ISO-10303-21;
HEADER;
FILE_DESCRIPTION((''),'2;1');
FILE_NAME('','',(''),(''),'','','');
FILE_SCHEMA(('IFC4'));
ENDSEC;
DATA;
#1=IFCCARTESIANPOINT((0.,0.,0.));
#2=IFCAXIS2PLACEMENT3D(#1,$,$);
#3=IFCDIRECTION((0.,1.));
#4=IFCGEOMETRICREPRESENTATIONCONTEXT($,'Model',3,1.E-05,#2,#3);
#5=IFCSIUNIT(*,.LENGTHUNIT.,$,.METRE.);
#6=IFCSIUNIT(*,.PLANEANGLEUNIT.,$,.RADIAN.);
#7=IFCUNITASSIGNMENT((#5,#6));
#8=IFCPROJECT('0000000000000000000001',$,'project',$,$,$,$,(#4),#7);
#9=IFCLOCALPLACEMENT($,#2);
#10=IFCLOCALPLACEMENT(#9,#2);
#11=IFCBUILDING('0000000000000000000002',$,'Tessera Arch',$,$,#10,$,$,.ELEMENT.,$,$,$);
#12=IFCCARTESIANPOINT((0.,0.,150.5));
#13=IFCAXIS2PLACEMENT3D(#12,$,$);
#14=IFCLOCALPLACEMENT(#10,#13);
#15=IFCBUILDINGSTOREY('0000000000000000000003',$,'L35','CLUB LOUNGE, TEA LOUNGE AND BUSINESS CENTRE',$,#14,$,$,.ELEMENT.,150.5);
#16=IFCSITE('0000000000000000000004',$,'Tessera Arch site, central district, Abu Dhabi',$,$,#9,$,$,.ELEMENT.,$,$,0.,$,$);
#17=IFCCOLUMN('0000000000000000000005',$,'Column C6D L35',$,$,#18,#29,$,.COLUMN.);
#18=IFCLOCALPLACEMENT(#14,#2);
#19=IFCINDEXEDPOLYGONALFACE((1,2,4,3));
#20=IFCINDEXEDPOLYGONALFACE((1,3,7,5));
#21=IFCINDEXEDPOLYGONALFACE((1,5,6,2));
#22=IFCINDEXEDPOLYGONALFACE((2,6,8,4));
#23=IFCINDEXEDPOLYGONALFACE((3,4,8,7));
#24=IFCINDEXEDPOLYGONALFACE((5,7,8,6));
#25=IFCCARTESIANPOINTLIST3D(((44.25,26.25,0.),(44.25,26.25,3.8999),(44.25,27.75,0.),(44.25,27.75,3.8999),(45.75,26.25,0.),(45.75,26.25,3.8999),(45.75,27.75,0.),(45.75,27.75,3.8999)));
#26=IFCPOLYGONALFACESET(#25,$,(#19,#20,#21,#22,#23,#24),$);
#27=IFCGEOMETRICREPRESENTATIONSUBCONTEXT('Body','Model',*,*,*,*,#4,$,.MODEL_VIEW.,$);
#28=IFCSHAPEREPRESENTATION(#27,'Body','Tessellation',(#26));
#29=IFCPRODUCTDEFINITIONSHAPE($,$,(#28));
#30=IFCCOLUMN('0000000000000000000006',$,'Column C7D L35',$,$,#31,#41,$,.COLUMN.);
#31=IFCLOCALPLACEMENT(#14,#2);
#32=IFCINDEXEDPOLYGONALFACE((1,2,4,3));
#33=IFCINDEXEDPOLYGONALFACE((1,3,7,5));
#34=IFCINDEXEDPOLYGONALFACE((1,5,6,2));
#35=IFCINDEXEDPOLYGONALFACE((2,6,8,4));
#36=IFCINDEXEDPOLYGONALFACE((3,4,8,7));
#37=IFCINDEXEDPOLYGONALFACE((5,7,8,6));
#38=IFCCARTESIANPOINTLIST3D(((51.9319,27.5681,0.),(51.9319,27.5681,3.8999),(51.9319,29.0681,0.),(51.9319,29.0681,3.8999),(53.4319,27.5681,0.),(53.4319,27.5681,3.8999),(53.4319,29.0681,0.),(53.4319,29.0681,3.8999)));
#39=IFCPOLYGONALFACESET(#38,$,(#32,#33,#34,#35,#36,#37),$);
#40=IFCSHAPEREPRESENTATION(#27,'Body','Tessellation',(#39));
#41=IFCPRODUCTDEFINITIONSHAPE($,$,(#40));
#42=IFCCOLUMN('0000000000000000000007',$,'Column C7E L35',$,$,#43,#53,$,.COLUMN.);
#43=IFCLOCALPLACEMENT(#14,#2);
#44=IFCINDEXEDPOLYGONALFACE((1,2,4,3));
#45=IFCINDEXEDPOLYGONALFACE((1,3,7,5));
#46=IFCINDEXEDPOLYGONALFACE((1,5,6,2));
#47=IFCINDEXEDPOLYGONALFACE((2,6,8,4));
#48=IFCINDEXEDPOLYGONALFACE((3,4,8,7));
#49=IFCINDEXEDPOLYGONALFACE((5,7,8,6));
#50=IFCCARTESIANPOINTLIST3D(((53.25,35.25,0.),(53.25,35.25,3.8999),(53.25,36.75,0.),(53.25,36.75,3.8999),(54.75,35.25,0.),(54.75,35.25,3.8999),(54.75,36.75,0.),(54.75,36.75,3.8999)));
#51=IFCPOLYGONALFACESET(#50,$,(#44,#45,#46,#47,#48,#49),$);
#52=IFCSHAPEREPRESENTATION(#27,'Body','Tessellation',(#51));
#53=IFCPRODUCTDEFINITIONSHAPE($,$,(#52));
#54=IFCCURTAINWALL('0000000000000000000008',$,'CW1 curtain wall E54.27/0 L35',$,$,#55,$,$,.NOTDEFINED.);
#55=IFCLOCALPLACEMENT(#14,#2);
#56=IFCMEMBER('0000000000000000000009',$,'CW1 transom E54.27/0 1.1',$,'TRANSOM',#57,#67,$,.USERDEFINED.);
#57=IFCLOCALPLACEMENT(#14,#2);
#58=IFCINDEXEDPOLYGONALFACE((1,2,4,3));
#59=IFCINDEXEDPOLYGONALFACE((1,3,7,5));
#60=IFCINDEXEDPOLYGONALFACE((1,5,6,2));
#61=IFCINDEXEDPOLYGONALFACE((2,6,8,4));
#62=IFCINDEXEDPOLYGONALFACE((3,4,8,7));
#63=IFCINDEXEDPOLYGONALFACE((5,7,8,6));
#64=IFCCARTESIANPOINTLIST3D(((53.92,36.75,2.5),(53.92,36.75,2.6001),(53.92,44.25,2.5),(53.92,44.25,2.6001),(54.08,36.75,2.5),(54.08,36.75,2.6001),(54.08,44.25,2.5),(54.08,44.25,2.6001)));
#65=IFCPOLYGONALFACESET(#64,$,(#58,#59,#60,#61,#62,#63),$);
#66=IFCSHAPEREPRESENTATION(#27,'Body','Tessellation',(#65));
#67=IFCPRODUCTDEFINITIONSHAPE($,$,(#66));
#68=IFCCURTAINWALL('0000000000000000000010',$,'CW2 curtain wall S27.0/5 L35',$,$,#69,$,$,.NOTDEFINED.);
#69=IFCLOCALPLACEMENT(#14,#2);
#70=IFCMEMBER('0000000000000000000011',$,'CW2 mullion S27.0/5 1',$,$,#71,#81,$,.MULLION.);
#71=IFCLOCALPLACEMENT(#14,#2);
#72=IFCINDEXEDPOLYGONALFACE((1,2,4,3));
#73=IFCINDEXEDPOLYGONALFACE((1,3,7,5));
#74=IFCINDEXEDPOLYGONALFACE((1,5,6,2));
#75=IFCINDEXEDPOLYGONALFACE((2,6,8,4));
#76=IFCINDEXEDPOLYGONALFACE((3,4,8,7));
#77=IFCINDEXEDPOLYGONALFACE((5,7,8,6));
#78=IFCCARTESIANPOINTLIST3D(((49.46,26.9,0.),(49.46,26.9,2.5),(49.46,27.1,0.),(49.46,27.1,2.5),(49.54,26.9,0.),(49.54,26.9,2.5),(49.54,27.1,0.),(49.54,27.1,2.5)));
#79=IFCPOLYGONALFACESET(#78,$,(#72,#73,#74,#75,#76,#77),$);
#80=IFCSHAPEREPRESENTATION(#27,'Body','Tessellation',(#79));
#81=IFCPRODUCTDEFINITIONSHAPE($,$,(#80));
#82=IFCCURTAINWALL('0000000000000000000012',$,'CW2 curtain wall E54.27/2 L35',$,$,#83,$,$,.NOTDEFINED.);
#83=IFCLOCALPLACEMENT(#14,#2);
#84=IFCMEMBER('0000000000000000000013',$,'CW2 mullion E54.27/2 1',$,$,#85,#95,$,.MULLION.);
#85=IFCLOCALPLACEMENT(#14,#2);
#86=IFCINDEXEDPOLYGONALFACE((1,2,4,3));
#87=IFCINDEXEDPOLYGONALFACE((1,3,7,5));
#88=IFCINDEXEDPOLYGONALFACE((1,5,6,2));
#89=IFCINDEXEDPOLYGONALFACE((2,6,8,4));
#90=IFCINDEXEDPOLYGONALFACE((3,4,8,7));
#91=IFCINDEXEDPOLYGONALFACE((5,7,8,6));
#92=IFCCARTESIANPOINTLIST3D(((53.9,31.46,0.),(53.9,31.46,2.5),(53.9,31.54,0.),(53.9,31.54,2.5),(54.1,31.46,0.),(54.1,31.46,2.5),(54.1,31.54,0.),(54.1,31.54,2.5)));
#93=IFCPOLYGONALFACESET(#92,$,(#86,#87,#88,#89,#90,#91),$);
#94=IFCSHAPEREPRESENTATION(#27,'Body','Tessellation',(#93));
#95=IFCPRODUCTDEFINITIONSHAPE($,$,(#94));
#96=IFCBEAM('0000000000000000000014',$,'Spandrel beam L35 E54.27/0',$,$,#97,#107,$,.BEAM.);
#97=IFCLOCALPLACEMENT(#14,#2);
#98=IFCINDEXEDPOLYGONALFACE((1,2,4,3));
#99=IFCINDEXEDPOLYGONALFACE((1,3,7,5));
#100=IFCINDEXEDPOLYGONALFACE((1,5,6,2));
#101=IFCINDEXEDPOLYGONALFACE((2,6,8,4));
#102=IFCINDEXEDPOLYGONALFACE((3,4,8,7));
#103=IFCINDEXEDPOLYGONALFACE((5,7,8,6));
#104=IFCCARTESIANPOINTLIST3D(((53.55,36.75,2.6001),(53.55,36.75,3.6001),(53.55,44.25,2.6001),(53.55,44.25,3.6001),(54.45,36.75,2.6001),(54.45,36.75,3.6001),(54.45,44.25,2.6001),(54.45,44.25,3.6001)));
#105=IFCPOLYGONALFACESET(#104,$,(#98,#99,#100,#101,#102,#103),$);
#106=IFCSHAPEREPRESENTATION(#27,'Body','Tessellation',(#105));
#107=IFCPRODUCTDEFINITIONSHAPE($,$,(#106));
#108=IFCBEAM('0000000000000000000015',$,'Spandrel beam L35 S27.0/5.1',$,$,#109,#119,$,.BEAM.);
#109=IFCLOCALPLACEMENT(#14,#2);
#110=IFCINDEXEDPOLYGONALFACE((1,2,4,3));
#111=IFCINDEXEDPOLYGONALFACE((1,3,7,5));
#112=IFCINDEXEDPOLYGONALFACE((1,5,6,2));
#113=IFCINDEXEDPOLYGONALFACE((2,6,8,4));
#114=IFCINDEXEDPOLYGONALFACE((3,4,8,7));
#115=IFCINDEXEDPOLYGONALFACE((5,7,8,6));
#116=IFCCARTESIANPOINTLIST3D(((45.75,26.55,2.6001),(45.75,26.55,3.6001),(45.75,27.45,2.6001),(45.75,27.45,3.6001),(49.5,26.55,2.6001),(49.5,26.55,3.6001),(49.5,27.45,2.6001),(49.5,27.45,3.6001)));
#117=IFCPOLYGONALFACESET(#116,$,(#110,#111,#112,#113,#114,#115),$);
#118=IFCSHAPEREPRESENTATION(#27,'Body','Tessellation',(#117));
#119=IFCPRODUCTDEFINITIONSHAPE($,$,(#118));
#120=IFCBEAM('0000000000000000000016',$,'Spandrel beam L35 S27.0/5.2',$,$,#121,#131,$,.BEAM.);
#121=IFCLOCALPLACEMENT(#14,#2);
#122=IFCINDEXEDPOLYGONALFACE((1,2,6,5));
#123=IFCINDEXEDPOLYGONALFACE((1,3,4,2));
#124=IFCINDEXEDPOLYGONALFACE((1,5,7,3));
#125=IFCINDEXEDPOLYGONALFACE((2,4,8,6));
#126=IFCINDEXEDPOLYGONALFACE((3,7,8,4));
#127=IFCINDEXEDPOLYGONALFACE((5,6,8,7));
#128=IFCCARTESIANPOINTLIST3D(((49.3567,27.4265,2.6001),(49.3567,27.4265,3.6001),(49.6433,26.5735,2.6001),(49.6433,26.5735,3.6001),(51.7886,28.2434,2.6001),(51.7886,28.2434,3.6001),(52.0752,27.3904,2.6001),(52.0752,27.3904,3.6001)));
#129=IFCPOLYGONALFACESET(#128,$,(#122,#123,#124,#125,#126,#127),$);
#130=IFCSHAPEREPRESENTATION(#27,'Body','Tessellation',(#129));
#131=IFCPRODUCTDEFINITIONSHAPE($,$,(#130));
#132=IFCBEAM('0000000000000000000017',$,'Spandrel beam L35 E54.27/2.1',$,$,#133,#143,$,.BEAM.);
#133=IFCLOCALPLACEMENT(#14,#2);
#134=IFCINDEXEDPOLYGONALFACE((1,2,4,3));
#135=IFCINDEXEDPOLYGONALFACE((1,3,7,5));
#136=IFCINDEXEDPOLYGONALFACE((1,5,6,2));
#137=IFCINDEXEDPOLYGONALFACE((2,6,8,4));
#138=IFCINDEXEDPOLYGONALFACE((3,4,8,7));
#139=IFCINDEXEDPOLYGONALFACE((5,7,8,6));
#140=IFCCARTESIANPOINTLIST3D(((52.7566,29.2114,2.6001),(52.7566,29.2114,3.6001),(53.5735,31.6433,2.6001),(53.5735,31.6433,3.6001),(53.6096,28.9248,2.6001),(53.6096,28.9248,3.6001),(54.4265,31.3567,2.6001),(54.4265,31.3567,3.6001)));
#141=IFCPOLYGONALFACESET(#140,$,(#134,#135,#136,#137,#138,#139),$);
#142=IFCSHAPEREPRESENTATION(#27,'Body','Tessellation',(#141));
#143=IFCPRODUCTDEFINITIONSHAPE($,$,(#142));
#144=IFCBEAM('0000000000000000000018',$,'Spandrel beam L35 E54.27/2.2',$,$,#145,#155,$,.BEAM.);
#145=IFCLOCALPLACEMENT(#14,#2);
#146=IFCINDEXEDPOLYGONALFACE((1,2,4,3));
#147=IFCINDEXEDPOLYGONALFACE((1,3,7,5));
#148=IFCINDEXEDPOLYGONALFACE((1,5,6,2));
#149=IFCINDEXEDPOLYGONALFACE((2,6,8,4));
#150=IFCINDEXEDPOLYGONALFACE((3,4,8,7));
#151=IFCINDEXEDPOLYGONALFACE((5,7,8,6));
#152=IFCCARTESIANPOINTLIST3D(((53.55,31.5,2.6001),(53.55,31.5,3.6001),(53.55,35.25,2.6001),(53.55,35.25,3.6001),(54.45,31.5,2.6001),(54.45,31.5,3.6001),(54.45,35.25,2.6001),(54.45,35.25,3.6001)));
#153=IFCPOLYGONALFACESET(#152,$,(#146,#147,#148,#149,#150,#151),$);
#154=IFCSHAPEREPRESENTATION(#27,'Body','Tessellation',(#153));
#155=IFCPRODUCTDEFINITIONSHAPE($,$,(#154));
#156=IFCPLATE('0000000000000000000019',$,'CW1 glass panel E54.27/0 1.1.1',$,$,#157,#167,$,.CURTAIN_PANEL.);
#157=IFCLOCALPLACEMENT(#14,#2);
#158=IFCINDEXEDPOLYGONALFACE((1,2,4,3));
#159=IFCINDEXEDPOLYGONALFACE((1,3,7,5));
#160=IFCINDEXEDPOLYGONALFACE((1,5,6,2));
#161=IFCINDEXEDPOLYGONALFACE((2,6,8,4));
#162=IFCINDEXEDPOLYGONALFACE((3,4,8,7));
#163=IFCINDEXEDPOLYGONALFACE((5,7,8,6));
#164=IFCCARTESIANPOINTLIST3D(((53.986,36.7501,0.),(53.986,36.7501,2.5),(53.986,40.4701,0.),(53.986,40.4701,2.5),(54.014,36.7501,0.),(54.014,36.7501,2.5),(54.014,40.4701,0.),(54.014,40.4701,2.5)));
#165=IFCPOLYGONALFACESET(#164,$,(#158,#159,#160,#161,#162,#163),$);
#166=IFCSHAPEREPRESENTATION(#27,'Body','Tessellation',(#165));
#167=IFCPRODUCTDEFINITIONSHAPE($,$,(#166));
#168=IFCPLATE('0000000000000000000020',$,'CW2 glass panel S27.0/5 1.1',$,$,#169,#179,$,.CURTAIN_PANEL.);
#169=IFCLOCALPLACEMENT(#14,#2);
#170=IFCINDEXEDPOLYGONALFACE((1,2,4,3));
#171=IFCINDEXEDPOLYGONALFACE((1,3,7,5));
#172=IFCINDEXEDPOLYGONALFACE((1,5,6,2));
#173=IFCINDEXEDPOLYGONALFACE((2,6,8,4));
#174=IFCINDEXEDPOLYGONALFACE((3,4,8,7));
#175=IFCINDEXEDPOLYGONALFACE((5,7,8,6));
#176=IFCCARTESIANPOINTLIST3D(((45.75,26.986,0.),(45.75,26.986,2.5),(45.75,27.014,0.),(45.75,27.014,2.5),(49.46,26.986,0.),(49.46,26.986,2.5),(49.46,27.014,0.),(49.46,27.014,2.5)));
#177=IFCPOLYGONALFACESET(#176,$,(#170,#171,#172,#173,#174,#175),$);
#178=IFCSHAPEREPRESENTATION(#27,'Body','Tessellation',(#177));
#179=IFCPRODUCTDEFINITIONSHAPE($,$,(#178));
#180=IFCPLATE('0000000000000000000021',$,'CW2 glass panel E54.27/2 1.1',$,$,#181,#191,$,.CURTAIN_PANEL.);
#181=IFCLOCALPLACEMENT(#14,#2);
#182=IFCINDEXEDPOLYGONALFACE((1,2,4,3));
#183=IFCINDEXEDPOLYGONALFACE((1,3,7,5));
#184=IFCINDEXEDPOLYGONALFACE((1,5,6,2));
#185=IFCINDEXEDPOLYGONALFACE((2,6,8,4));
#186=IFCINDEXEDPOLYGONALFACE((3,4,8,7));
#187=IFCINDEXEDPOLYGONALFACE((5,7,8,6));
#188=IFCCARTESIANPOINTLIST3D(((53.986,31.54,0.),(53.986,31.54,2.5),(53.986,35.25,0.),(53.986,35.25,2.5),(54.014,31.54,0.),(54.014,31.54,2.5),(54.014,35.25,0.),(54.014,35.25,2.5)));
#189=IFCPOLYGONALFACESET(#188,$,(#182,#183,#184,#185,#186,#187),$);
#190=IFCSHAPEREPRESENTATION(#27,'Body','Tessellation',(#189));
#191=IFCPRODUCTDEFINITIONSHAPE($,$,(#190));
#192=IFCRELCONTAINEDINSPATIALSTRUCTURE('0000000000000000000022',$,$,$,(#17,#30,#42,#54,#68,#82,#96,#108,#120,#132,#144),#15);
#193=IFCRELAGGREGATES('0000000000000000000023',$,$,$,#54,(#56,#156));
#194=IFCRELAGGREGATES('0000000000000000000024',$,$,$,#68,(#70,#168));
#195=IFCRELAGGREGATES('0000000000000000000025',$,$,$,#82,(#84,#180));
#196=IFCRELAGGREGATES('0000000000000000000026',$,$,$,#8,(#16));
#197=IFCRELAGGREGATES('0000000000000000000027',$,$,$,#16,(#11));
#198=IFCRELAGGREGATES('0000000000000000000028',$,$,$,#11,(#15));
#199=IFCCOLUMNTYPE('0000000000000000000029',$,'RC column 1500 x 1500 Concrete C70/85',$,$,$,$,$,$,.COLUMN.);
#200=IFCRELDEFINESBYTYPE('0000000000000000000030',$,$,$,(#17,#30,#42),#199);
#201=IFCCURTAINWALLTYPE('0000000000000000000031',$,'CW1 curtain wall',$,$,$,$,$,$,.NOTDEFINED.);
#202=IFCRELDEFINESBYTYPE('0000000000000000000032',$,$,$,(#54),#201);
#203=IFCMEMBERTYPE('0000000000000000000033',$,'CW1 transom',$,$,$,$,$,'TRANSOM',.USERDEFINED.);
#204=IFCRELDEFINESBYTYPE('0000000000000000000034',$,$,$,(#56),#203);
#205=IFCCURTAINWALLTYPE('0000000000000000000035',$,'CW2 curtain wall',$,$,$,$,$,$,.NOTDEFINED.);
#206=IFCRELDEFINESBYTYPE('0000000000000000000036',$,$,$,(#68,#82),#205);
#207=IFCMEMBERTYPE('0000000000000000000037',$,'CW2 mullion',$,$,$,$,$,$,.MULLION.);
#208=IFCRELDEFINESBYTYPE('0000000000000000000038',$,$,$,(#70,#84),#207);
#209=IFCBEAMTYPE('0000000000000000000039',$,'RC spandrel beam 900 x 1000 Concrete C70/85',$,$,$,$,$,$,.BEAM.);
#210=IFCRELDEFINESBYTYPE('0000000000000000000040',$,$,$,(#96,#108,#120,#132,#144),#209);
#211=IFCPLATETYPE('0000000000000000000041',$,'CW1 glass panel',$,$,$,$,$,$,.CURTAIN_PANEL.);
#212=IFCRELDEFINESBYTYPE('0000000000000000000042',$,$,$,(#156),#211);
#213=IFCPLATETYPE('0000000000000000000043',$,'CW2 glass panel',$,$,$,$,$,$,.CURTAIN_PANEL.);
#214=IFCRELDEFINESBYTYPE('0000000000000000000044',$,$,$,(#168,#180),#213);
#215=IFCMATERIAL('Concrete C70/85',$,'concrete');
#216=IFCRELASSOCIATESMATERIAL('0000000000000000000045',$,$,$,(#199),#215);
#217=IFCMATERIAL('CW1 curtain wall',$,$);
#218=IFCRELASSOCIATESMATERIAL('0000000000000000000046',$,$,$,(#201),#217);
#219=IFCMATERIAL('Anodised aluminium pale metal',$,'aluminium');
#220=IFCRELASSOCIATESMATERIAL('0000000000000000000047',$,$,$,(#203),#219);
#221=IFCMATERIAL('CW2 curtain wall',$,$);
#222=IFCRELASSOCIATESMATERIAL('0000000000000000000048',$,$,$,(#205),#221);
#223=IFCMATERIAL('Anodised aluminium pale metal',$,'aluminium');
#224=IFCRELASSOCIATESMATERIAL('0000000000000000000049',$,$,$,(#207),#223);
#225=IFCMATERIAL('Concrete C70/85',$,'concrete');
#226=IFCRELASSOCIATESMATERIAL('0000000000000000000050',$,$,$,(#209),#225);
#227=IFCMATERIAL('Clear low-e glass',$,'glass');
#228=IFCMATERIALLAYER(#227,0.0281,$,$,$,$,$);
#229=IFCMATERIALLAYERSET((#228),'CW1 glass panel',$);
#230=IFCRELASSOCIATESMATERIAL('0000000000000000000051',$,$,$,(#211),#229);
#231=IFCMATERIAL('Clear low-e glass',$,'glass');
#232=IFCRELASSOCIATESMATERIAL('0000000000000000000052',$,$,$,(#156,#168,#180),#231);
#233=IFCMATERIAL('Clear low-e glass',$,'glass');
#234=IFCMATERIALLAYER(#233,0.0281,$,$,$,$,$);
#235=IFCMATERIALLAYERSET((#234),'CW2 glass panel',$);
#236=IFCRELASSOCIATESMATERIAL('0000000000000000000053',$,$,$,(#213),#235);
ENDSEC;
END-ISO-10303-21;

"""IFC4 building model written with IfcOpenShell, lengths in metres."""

from ifc_helpers import new_model, si_unit, direction, frame, origin, origin_2d, place, context, subcontext, project, spatial, rectangle, extrude, material, layer, layer_set, material_profile, profile_set, type_object, element, aggregate, save


model = new_model("IFC4")

# Units and contexts
model_context = context("Model", 3, precision=1e-05, world=origin(), true_north=direction((0.0, 1.0)))
body_context = subcontext(model_context, "Body", "Model", "MODEL_VIEW")
ifc_project = project(units=[si_unit("LENGTHUNIT", "METRE"), si_unit("PLANEANGLEUNIT", "RADIAN")], contexts=[model_context])

# Site, building, storey
site_placement = place(None, origin())
site = spatial("IfcSite", under=ifc_project, at=site_placement, Name="Tessera Arch site, central district, Abu Dhabi", CompositionType="ELEMENT", RefElevation=0.0)
building_placement = place(site_placement, origin())
building = spatial("IfcBuilding", under=site, at=building_placement, Name="Tessera Arch", CompositionType="ELEMENT")
storey_placement = place(building_placement, frame((0.0, 0.0, 150.5)))
storey = spatial("IfcBuildingStorey", under=building, at=storey_placement, Name="L35", Description="CLUB LOUNGE, TEA LOUNGE AND BUSINESS CENTRE", CompositionType="ELEMENT", Elevation=150.5)

# Columns
ifc_material_1 = material(Name="Concrete C70/85", Category="concrete")
ifc_material_profile_1 = material_profile(ifc_material_1, rectangle(XDim=1.5, YDim=1.5, at=origin_2d()), Name="RC column 1500 x 1500 Concrete C70/85")
ifc_profile_set_1 = profile_set([ifc_material_profile_1], Name="Concrete C70/85")
column_type = type_object("IfcColumnType", Name="RC column 1500 x 1500 Concrete C70/85", PredefinedType="COLUMN", material=ifc_profile_set_1)
for number, where, z_axis, x_axis, name in (
    (1, (45.0, 27.0, 0.0), (0.0, 0.0, 1.0), (1.0, 0.0, 0.0), "Column C6D L35"),
    (2, (52.6819, 28.3181, 0.0), (0.0, 0.0, 1.0), (1.0, 0.0, 0.0), "Column C7D L35"),
    (3, (54.0, 36.0, 0.0), (0.0, 0.0, 1.0), (1.0, 0.0, 0.0), "Column C7E L35"),
):
    element("IfcColumn", number, at=place(storey_placement, frame(where, z_axis=z_axis, x_axis=x_axis)), inside=storey, type_object=column_type, Name=name, PredefinedType="COLUMN", context=body_context, shape_type="SweptSolid", body=[
        extrude(rectangle(XDim=1.5, YDim=1.5, at=origin_2d()), origin(), (0.0, 0.0, 1.0), 3.8999),
    ])

# Curtain walls, members
ifc_material_2 = material(Name="CW1 curtain wall")
curtain_wall_type_1 = type_object("IfcCurtainWallType", Name="CW1 curtain wall", PredefinedType="NOTDEFINED", material=ifc_material_2)
curtain_wall_1_placement = place(storey_placement, origin())
curtain_wall_1 = element("IfcCurtainWall", 4, at=curtain_wall_1_placement, inside=storey, type_object=curtain_wall_type_1, Name="CW1 curtain wall E54.27/0 L35", PredefinedType="NOTDEFINED")
ifc_material_3 = material(Name="Anodised aluminium pale metal", Category="aluminium")
ifc_material_profile_2 = material_profile(ifc_material_3, rectangle(XDim=0.1599, YDim=0.1001, at=origin_2d()), Name="AL 160x100")
ifc_profile_set_2 = profile_set([ifc_material_profile_2], Name="Anodised aluminium pale metal")
member_type_1 = type_object("IfcMemberType", Name="CW1 transom", ElementType="TRANSOM", PredefinedType="USERDEFINED", material=ifc_profile_set_2)
member_1_placement = place(storey_placement, frame((54.0, 36.75, 2.55), z_axis=(0.0, 1.0, 0.0), x_axis=(-1.0, 0.0, 0.0)))
member_1 = element("IfcMember", 5, at=member_1_placement, type_object=member_type_1, Name="CW1 transom E54.27/0 1.1", ObjectType="TRANSOM", PredefinedType="USERDEFINED", context=body_context, shape_type="SweptSolid", body=[
    extrude(rectangle(XDim=0.1599, YDim=0.1001, at=origin_2d()), origin(), (0.0, 0.0, 1.0), 7.5),
])
ifc_material_4 = material(Name="CW2 curtain wall")
curtain_wall_type_2 = type_object("IfcCurtainWallType", Name="CW2 curtain wall", PredefinedType="NOTDEFINED", material=ifc_material_4)
curtain_wall_2_placement = place(storey_placement, origin())
curtain_wall_2 = element("IfcCurtainWall", 6, at=curtain_wall_2_placement, inside=storey, type_object=curtain_wall_type_2, Name="CW2 curtain wall S27.0/5 L35", PredefinedType="NOTDEFINED")
ifc_material_5 = material(Name="Anodised aluminium pale metal", Category="aluminium")
ifc_material_profile_3 = material_profile(ifc_material_5, rectangle(XDim=0.2, YDim=0.0801, at=origin_2d()), Name="AL 80x200")
ifc_profile_set_3 = profile_set([ifc_material_profile_3], Name="Anodised aluminium pale metal")
member_type_2 = type_object("IfcMemberType", Name="CW2 mullion", PredefinedType="MULLION", material=ifc_profile_set_3)
member_2_placement = place(storey_placement, frame((49.5, 27.0, 0.0), z_axis=(0.0, 0.0, 1.0), x_axis=(0.0, 1.0, 0.0)))
member_2 = element("IfcMember", 7, at=member_2_placement, type_object=member_type_2, Name="CW2 mullion S27.0/5 1", PredefinedType="MULLION", context=body_context, shape_type="SweptSolid", body=[
    extrude(rectangle(XDim=0.2, YDim=0.0801, at=origin_2d()), origin(), (0.0, 0.0, 1.0), 2.5),
])
curtain_wall_3_placement = place(storey_placement, origin())
curtain_wall_3 = element("IfcCurtainWall", 8, at=curtain_wall_3_placement, inside=storey, type_object=curtain_wall_type_2, Name="CW2 curtain wall E54.27/2 L35", PredefinedType="NOTDEFINED")
member_3_placement = place(storey_placement, frame((54.0, 31.5, 0.0), z_axis=(0.0, 0.0, 1.0), x_axis=(-1.0, 0.0, 0.0)))
member_3 = element("IfcMember", 9, at=member_3_placement, type_object=member_type_2, Name="CW2 mullion E54.27/2 1", PredefinedType="MULLION", context=body_context, shape_type="SweptSolid", body=[
    extrude(rectangle(XDim=0.2, YDim=0.0801, at=origin_2d()), origin(), (0.0, 0.0, 1.0), 2.5),
])

# Beams
ifc_material_6 = material(Name="Concrete C70/85", Category="concrete")
ifc_material_profile_4 = material_profile(ifc_material_6, rectangle(XDim=0.8999, YDim=1.0, at=origin_2d()), Name="RC spandrel beam 900 x 1000 Concrete C70/85")
ifc_profile_set_4 = profile_set([ifc_material_profile_4], Name="Concrete C70/85")
beam_type = type_object("IfcBeamType", Name="RC spandrel beam 900 x 1000 Concrete C70/85", PredefinedType="BEAM", material=ifc_profile_set_4)
beam_1_placement = place(storey_placement, frame((54.0, 36.75, 3.1001), z_axis=(0.0, 1.0, 0.0), x_axis=(-1.0, 0.0, 0.0)))
element("IfcBeam", 10, at=beam_1_placement, inside=storey, type_object=beam_type, Name="Spandrel beam L35 E54.27/0", PredefinedType="BEAM", context=body_context, shape_type="SweptSolid", body=[
    extrude(rectangle(XDim=0.8999, YDim=1.0, at=origin_2d()), origin(), (0.0, 0.0, 1.0), 7.5),
])
beam_2_placement = place(storey_placement, frame((45.75, 27.0, 3.1001), z_axis=(1.0, 0.0, 0.0), x_axis=(0.0, 1.0, 0.0)))
element("IfcBeam", 11, at=beam_2_placement, inside=storey, type_object=beam_type, Name="Spandrel beam L35 S27.0/5.1", PredefinedType="BEAM", context=body_context, shape_type="SweptSolid", body=[
    extrude(rectangle(XDim=0.8999, YDim=1.0, at=origin_2d()), origin(), (0.0, 0.0, 1.0), 3.75),
])
for number, where, z_axis, x_axis, name in (
    (12, (49.5, 27.0, 3.1001), (0.947948, 0.318425, 0.0), (-0.318425, 0.947948, 0.0), "Spandrel beam L35 S27.0/5.2"),
    (13, (53.1831, 29.0681, 3.1001), (0.318425, 0.947948, 0.0), (-0.947948, 0.318425, 0.0), "Spandrel beam L35 E54.27/2.1"),
):
    element("IfcBeam", number, at=place(storey_placement, frame(where, z_axis=z_axis, x_axis=x_axis)), inside=storey, type_object=beam_type, Name=name, PredefinedType="BEAM", context=body_context, shape_type="SweptSolid", body=[
        extrude(rectangle(XDim=0.8999, YDim=1.0, at=origin_2d()), origin(), (0.0, 0.0, 1.0), 2.5654),
    ])
beam_3_placement = place(storey_placement, frame((54.0, 31.5, 3.1001), z_axis=(0.0, 1.0, 0.0), x_axis=(-1.0, 0.0, 0.0)))
element("IfcBeam", 14, at=beam_3_placement, inside=storey, type_object=beam_type, Name="Spandrel beam L35 E54.27/2.2", PredefinedType="BEAM", context=body_context, shape_type="SweptSolid", body=[
    extrude(rectangle(XDim=0.8999, YDim=1.0, at=origin_2d()), origin(), (0.0, 0.0, 1.0), 3.75),
])

# Plates
ifc_material_7 = material(Name="Clear low-e glass", Category="glass")
ifc_material_8 = material(Name="Clear low-e glass", Category="glass")
ifc_layer_1 = layer(ifc_material_8, 0.0281)
ifc_layer_set_1 = layer_set([ifc_layer_1], Name="CW1 glass panel")
plate_type_1 = type_object("IfcPlateType", Name="CW1 glass panel", PredefinedType="CURTAIN_PANEL", material=ifc_layer_set_1)
plate_1_placement = place(storey_placement, frame((54.0, 38.6101, 0.0), z_axis=(0.0, 0.0, 1.0), x_axis=(0.0, 1.0, 0.0)))
plate_1 = element("IfcPlate", 15, at=plate_1_placement, type_object=plate_type_1, material=ifc_material_7, Name="CW1 glass panel E54.27/0 1.1.1", PredefinedType="CURTAIN_PANEL", context=body_context, shape_type="SweptSolid", body=[
    extrude(rectangle(XDim=3.72, YDim=0.0281, at=origin_2d()), origin(), (0.0, 0.0, 1.0), 2.5),
])
aggregate(curtain_wall_1, [member_1, plate_1])
ifc_material_9 = material(Name="Clear low-e glass", Category="glass")
ifc_layer_2 = layer(ifc_material_9, 0.0281)
ifc_layer_set_2 = layer_set([ifc_layer_2], Name="CW2 glass panel")
plate_type_2 = type_object("IfcPlateType", Name="CW2 glass panel", PredefinedType="CURTAIN_PANEL", material=ifc_layer_set_2)
plate_2_placement = place(storey_placement, frame((47.605, 27.0, 0.0), z_axis=(0.0, 0.0, 1.0), x_axis=(1.0, 0.0, 0.0)))
plate_2 = element("IfcPlate", 16, at=plate_2_placement, type_object=plate_type_2, material=ifc_material_7, Name="CW2 glass panel S27.0/5 1.1", PredefinedType="CURTAIN_PANEL", context=body_context, shape_type="SweptSolid", body=[
    extrude(rectangle(XDim=3.71, YDim=0.0281, at=origin_2d()), origin(), (0.0, 0.0, 1.0), 2.5),
])
aggregate(curtain_wall_2, [member_2, plate_2])
plate_3_placement = place(storey_placement, frame((54.0, 33.395, 0.0), z_axis=(0.0, 0.0, 1.0), x_axis=(0.0, 1.0, 0.0)))
plate_3 = element("IfcPlate", 17, at=plate_3_placement, type_object=plate_type_2, material=ifc_material_7, Name="CW2 glass panel E54.27/2 1.1", PredefinedType="CURTAIN_PANEL", context=body_context, shape_type="SweptSolid", body=[
    extrude(rectangle(XDim=3.71, YDim=0.0281, at=origin_2d()), origin(), (0.0, 0.0, 1.0), 2.5),
])
aggregate(curtain_wall_3, [member_3, plate_3])

save(model, "model.ifc")
